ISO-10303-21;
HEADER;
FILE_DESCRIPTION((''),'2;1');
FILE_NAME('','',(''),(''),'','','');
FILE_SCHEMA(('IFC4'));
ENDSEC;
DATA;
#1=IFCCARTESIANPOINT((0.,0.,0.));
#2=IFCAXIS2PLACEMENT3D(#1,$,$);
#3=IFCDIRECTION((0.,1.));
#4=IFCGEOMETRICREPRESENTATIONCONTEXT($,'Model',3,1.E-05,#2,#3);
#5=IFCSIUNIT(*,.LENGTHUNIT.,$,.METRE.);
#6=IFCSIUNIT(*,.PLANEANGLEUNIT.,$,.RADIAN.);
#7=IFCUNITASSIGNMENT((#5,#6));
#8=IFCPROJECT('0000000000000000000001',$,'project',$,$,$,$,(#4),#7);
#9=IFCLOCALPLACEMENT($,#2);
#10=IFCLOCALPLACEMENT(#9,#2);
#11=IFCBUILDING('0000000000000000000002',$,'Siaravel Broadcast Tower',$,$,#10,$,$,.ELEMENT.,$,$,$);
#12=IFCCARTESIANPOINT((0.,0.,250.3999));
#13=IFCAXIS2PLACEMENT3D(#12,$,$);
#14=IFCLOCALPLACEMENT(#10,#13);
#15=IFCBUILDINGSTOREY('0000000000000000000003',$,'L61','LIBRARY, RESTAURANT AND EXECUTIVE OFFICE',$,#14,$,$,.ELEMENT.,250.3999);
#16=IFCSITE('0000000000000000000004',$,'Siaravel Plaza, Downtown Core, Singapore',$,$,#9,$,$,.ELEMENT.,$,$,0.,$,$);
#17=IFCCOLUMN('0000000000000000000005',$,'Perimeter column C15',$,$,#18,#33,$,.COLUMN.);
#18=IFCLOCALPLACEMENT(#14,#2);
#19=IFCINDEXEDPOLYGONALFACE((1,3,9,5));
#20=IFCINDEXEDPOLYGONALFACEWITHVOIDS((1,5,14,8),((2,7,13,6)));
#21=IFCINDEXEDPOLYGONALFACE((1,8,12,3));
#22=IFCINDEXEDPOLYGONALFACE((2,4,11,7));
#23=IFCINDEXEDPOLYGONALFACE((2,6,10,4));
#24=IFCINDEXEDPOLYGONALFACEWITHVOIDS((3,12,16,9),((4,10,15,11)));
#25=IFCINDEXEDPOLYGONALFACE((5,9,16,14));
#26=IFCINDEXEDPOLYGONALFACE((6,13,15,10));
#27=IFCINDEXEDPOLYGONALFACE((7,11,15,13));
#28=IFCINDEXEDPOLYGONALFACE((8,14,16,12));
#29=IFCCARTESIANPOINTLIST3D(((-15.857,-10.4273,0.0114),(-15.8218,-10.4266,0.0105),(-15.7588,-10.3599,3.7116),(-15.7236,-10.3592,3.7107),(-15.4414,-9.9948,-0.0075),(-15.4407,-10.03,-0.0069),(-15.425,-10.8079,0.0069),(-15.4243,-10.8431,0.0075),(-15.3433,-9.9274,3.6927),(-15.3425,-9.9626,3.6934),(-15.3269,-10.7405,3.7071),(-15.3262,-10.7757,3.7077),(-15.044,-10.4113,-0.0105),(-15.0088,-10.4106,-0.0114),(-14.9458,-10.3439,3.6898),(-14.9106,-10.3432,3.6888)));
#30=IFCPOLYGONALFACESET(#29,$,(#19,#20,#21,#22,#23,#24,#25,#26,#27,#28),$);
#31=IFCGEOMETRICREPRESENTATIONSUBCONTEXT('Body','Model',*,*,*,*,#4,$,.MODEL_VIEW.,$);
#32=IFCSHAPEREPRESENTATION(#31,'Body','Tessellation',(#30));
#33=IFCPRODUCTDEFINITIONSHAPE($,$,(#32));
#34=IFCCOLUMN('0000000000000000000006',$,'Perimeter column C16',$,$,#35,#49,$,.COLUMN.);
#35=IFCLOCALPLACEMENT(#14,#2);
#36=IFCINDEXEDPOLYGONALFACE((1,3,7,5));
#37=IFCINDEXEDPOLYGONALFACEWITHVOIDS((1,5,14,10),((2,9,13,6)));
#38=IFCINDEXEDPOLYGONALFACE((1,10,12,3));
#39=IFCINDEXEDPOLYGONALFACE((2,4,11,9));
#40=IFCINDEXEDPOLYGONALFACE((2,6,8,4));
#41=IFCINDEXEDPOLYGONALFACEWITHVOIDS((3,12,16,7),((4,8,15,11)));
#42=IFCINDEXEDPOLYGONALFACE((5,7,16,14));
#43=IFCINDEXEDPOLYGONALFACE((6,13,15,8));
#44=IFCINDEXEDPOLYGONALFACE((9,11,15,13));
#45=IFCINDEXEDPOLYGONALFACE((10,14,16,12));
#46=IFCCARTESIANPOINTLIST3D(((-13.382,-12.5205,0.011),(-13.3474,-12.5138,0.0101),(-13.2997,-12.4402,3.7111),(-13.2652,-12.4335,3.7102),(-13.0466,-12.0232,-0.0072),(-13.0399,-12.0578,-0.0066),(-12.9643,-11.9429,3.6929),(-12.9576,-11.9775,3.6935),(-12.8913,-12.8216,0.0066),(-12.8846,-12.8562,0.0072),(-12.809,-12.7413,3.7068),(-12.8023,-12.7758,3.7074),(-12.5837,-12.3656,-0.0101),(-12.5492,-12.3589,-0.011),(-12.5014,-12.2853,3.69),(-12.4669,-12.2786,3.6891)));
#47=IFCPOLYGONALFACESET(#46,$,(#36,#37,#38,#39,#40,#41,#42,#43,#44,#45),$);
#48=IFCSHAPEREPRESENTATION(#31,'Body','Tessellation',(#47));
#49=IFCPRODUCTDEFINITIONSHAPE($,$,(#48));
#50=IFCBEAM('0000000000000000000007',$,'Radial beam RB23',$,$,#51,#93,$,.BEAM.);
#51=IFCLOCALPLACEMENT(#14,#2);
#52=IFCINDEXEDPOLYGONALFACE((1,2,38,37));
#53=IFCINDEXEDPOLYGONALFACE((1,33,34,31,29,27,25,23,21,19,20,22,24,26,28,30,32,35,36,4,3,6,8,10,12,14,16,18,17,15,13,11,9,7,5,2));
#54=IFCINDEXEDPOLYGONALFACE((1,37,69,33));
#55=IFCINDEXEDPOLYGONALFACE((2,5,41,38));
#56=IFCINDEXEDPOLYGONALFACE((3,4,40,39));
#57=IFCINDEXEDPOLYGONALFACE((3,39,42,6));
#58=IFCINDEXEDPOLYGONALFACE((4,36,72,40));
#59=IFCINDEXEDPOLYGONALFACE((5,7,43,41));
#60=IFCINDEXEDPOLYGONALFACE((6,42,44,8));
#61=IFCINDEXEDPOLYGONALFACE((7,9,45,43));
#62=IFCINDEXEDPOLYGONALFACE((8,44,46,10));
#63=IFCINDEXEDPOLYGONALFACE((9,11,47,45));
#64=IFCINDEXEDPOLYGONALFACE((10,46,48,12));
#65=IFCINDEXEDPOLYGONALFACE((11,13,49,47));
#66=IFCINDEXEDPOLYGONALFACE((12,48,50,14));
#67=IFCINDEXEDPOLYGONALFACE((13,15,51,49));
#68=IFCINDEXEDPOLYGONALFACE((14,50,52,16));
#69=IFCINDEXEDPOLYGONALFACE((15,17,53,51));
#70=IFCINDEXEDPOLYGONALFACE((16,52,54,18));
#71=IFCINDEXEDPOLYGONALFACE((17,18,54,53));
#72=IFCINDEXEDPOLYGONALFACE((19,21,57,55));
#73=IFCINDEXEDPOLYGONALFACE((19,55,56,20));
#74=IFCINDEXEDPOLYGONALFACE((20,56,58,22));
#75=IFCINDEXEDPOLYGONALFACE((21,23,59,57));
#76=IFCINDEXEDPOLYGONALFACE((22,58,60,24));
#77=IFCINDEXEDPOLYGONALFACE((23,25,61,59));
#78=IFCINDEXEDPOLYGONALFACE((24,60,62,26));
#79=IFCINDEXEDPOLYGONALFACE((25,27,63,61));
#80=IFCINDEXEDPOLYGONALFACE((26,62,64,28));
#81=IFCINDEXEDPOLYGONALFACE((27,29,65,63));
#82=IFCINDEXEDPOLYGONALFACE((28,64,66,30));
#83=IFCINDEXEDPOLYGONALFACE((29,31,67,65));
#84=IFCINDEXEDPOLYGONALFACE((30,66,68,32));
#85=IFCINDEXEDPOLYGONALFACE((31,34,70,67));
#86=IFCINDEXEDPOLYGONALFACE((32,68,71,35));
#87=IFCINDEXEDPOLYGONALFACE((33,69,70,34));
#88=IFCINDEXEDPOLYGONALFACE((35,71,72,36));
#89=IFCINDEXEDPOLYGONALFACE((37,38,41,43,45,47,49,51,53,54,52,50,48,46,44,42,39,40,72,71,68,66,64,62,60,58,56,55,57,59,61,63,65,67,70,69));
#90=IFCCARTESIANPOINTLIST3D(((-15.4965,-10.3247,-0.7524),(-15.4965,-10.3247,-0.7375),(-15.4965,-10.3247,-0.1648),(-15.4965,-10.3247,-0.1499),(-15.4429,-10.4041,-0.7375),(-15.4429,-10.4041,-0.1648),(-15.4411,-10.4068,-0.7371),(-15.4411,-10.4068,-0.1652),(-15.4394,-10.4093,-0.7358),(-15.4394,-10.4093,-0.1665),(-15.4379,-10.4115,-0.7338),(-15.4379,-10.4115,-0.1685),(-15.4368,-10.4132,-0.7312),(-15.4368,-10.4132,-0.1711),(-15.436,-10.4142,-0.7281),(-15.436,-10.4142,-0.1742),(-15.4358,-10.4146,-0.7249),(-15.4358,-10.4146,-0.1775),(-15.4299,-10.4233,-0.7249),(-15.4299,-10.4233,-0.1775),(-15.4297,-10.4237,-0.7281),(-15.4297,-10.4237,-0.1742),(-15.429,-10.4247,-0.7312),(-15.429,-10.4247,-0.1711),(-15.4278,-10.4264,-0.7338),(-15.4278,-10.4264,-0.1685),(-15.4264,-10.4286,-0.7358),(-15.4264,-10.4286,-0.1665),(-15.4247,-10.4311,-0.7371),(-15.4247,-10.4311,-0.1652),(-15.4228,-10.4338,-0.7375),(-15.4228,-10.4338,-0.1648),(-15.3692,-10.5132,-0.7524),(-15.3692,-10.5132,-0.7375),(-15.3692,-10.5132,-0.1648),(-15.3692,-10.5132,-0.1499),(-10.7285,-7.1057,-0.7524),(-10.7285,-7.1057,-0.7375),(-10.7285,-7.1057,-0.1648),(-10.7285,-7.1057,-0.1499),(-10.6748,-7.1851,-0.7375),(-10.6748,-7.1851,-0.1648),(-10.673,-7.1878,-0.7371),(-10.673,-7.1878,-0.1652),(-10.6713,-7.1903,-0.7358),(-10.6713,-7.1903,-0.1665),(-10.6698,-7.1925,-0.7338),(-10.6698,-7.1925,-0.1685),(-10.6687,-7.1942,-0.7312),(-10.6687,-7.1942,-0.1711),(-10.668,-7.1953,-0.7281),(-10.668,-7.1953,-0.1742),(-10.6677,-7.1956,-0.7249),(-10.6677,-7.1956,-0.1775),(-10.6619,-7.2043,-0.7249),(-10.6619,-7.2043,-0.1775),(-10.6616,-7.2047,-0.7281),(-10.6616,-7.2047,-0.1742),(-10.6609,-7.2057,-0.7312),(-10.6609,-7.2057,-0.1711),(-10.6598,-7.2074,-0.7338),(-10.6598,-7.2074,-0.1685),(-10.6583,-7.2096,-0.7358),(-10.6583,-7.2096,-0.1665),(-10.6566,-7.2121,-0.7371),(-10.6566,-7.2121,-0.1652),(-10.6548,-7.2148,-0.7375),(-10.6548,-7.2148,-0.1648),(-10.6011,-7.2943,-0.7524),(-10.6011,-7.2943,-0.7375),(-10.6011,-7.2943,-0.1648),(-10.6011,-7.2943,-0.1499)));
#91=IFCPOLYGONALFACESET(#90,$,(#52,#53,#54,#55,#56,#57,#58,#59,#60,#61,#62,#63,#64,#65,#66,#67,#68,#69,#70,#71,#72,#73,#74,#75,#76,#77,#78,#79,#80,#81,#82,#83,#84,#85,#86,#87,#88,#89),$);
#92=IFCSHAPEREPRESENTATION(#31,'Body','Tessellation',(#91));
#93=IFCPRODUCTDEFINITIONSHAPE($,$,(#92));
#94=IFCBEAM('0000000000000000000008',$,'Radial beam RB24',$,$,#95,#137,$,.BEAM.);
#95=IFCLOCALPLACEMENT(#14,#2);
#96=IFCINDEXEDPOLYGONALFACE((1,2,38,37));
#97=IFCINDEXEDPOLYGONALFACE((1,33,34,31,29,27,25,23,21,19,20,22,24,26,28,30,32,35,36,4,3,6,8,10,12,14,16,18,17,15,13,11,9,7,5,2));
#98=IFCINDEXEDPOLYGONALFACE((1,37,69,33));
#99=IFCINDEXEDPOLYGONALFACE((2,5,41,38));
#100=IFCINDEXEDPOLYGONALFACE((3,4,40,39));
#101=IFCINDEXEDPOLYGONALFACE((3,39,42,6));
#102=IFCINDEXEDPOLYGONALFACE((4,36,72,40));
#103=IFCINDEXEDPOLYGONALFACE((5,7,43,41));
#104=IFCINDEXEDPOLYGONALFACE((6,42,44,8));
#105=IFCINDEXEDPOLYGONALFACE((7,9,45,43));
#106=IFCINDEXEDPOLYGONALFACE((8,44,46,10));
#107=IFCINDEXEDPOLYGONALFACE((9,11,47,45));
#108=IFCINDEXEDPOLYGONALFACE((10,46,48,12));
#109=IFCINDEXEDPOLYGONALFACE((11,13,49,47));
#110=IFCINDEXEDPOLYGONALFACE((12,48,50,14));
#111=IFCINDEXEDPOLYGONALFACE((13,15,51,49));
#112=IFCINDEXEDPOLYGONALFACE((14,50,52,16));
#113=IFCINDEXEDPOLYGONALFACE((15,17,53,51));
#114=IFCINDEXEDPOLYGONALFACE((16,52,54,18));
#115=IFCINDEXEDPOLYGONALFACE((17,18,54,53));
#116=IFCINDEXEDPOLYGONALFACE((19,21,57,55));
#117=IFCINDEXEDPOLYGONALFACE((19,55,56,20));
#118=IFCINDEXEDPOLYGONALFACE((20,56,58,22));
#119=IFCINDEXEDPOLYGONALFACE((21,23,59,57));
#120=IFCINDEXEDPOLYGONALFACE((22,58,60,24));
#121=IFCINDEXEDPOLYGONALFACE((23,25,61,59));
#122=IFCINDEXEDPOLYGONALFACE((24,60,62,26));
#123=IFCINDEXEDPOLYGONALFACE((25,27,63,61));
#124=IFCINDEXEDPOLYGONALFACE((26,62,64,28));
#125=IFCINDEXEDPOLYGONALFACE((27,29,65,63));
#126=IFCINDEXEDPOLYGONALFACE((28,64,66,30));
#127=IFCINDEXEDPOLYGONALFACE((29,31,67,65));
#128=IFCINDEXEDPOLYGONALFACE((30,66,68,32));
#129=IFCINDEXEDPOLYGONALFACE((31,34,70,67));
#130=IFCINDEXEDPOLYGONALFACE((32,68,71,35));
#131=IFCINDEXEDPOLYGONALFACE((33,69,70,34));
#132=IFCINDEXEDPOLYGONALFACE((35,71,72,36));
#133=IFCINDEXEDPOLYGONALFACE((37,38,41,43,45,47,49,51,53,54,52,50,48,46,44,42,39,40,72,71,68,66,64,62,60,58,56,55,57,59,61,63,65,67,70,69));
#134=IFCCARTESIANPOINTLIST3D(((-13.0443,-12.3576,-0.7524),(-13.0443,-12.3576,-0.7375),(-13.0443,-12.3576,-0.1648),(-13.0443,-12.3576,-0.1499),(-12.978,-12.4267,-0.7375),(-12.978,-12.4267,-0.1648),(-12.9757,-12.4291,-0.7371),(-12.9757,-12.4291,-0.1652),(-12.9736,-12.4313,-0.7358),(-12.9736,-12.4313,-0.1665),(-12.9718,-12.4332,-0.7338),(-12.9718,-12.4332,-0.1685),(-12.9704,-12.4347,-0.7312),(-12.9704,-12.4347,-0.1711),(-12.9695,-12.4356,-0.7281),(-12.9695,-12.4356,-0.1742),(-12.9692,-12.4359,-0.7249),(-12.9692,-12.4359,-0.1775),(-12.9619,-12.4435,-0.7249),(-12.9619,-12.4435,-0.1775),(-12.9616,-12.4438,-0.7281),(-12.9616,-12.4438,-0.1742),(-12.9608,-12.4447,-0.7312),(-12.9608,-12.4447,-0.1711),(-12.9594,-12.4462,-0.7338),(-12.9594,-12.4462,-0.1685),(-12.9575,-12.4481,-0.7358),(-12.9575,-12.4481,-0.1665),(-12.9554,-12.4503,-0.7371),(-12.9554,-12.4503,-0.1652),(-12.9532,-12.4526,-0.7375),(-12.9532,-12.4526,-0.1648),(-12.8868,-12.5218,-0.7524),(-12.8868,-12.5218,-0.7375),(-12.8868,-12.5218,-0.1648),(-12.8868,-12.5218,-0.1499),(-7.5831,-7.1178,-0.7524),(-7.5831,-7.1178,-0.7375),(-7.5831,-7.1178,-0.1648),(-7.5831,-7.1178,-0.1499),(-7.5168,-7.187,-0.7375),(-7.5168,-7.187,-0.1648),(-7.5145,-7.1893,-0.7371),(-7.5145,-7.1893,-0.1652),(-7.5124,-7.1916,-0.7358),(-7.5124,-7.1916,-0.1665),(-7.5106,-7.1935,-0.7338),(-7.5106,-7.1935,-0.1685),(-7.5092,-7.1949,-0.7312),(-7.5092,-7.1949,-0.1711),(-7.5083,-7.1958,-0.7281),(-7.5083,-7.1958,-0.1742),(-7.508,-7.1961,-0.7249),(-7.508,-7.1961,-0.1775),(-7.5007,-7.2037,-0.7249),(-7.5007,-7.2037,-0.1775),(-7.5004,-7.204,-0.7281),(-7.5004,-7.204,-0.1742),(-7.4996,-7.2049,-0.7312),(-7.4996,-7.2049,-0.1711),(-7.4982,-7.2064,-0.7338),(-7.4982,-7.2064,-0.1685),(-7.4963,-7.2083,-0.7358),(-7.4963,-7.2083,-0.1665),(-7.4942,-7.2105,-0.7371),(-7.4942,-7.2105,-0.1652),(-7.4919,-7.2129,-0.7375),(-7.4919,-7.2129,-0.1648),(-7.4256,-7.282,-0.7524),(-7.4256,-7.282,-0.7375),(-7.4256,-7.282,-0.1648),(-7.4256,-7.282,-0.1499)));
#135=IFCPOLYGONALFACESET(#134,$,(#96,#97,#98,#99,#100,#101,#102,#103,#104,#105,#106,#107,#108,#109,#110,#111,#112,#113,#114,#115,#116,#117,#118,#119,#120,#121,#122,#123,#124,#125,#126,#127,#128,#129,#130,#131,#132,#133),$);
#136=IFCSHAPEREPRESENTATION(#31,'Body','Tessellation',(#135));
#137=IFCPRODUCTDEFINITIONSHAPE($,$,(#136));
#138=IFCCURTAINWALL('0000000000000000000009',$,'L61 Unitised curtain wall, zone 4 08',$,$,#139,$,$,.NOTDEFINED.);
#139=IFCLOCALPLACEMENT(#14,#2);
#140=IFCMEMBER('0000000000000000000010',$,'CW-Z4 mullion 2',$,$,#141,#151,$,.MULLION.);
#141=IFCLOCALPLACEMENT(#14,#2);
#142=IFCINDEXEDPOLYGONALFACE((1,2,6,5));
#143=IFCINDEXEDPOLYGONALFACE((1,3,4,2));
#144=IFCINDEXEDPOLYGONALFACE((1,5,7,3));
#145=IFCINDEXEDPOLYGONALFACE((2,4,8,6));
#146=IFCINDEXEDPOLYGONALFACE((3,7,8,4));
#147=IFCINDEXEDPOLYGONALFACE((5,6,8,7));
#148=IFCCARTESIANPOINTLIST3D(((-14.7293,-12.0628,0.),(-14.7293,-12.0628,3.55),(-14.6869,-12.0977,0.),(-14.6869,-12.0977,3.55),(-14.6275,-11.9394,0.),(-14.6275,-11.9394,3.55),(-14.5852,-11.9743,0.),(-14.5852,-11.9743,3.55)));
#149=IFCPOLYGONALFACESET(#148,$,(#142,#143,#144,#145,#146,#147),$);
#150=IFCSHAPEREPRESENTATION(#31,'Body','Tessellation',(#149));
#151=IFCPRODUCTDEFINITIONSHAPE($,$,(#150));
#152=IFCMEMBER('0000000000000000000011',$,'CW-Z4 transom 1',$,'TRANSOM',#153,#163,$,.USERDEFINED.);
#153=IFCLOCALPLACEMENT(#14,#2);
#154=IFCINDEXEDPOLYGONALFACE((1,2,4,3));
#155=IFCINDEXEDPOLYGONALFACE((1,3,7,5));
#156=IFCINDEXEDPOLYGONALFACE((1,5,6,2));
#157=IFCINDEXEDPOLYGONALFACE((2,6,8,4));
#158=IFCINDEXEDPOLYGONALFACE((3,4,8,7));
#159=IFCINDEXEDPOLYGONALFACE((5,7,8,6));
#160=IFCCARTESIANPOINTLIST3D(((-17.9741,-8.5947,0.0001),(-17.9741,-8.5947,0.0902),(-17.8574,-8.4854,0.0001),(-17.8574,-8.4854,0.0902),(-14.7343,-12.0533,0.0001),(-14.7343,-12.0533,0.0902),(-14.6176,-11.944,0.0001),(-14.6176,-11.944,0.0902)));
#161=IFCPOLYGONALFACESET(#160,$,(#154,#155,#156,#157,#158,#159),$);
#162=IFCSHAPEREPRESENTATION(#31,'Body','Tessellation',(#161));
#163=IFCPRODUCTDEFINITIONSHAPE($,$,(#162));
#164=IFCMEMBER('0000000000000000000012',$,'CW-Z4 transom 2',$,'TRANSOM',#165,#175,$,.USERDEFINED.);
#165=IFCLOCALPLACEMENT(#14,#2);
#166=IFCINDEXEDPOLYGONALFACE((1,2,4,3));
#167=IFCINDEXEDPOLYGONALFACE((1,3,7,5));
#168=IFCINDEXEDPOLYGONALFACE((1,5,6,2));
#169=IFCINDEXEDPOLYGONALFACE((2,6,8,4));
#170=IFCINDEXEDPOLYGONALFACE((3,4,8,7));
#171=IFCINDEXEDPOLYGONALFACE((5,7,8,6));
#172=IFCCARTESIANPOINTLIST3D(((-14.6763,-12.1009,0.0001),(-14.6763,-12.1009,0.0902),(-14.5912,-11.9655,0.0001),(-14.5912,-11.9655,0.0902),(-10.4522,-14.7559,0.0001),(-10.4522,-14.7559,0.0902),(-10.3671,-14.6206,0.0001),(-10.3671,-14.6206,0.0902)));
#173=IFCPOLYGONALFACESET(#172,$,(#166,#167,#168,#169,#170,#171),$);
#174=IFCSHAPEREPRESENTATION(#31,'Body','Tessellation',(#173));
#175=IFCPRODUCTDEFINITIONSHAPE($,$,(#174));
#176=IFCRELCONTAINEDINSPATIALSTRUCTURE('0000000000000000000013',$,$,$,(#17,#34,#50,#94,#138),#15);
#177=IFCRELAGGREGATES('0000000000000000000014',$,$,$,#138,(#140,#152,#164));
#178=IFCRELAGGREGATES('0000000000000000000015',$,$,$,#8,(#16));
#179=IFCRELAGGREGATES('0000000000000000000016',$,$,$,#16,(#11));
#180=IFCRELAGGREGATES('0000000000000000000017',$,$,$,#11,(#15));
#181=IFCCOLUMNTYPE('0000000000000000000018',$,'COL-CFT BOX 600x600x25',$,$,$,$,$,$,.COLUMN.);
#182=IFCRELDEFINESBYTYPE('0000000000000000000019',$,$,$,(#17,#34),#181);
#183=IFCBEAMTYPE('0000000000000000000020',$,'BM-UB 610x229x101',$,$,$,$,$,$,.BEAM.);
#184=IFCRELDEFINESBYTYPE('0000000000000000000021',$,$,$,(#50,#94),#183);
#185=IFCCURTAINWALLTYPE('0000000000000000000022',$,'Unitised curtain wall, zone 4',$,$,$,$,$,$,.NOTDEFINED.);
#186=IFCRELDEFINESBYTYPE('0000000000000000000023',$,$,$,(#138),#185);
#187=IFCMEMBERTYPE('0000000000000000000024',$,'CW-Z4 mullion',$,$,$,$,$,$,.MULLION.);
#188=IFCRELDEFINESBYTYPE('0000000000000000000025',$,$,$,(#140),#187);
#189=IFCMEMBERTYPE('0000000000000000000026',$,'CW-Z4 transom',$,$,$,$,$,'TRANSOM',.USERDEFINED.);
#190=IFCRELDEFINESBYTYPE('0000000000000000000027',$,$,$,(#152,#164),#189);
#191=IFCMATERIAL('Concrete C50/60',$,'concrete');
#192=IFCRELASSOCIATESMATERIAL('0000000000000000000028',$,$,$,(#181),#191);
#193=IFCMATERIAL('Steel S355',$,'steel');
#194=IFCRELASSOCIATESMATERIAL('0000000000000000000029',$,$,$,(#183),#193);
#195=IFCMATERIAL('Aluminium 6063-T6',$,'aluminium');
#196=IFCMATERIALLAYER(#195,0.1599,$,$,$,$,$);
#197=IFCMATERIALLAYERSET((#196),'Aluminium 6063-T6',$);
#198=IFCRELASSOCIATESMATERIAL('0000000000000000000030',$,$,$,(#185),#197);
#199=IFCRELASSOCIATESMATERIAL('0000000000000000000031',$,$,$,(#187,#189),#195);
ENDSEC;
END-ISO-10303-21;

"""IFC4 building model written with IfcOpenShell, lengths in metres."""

from ifc_helpers import new_model, si_unit, direction, frame, origin, origin_2d, place, context, subcontext, project, spatial, rectangle, hollow_rectangle, i_section, extrude, material, layer, layer_set, material_profile, profile_set, type_object, element, aggregate, save


model = new_model("IFC4")

# Units and contexts
model_context = context("Model", 3, precision=1e-05, world=origin(), true_north=direction((0.0, 1.0)))
body_context = subcontext(model_context, "Body", "Model", "MODEL_VIEW")
ifc_project = project(units=[si_unit("LENGTHUNIT", "METRE"), si_unit("PLANEANGLEUNIT", "RADIAN")], contexts=[model_context])

# Site, building, storey
site_placement = place(None, origin())
site = spatial("IfcSite", under=ifc_project, at=site_placement, Name="Siaravel Plaza, Downtown Core, Singapore", CompositionType="ELEMENT", RefElevation=0.0)
building_placement = place(site_placement, origin())
building = spatial("IfcBuilding", under=site, at=building_placement, Name="Siaravel Broadcast Tower", CompositionType="ELEMENT")
storey_placement = place(building_placement, frame((0.0, 0.0, 250.3999)))
storey = spatial("IfcBuildingStorey", under=building, at=storey_placement, Name="L61", Description="LIBRARY, RESTAURANT AND EXECUTIVE OFFICE", CompositionType="ELEMENT", Elevation=250.3999)

# Columns
ifc_material_1 = material(Name="Concrete C50/60", Category="concrete")
ifc_material_profile_1 = material_profile(ifc_material_1, hollow_rectangle(XDim=0.6001, YDim=0.6001, WallThickness=0.0249, at=origin_2d()))
ifc_profile_set_1 = profile_set([ifc_material_profile_1], Name="Concrete C50/60")
column_type = type_object("IfcColumnType", Name="COL-CFT BOX 600x600x25", PredefinedType="COLUMN", material=ifc_profile_set_1)
column_1_placement = place(storey_placement, frame((-15.4329, -10.4189, 0.0), z_axis=(0.02651, 0.018201, 0.999483), x_axis=(-0.720939, 0.692968, 0.006503)))
element("IfcColumn", 1, at=column_1_placement, inside=storey, type_object=column_type, Name="Perimeter column C15", PredefinedType="COLUMN", context=body_context, shape_type="SweptSolid", body=[
    extrude(hollow_rectangle(XDim=0.6001, YDim=0.6001, WallThickness=0.0249, at=origin_2d()), origin(), (0.0, 0.0, 1.0), 3.7021),
])
column_2_placement = place(storey_placement, frame((-12.9656, -12.4397, 0.0), z_axis=(0.022225, 0.021697, 0.999518), x_axis=(-0.828927, 0.559322, 0.00629)))
element("IfcColumn", 2, at=column_2_placement, inside=storey, type_object=column_type, Name="Perimeter column C16", PredefinedType="COLUMN", context=body_context, shape_type="SweptSolid", body=[
    extrude(hollow_rectangle(XDim=0.6001, YDim=0.6001, WallThickness=0.0249, at=origin_2d()), origin(), (0.0, 0.0, 1.0), 3.7019),
])

# Beams
ifc_material_2 = material(Name="Steel S355", Category="steel")
ifc_material_profile_2 = material_profile(ifc_material_2, i_section(OverallWidth=0.2275, OverallDepth=0.6025, WebThickness=0.0105, FlangeThickness=0.0149, FilletRadius=0.0127, at=origin_2d()))
ifc_profile_set_2 = profile_set([ifc_material_profile_2], Name="Steel S355")
beam_type = type_object("IfcBeamType", Name="BM-UB 610x229x101", PredefinedType="BEAM", material=ifc_profile_set_2)
beam_1_placement = place(storey_placement, frame((-15.4329, -10.4189, -0.4512), z_axis=(0.828804, 0.559538, 0.0), x_axis=(-0.559538, 0.828804, 0.0)))
element("IfcBeam", 3, at=beam_1_placement, inside=storey, type_object=beam_type, Name="Radial beam RB23", PredefinedType="BEAM", context=body_context, shape_type="SweptSolid", body=[
    extrude(i_section(OverallWidth=0.2275, OverallDepth=0.6025, WebThickness=0.0105, FlangeThickness=0.0149, FilletRadius=0.0127, at=origin_2d()), origin(), (0.0, 0.0, 1.0), 5.7529),
])
beam_2_placement = place(storey_placement, frame((-12.9656, -12.4397, -0.4512), z_axis=(0.721585, 0.692326, 0.0), x_axis=(-0.692326, 0.721585, 0.0)))
element("IfcBeam", 4, at=beam_2_placement, inside=storey, type_object=beam_type, Name="Radial beam RB24", PredefinedType="BEAM", context=body_context, shape_type="SweptSolid", body=[
    extrude(i_section(OverallWidth=0.2275, OverallDepth=0.6025, WebThickness=0.0105, FlangeThickness=0.0149, FilletRadius=0.0127, at=origin_2d()), origin(), (0.0, 0.0, 1.0), 7.5684),
])

# Curtain wall, members
ifc_material_3 = material(Name="Aluminium 6063-T6", Category="aluminium")
ifc_layer_1 = layer(ifc_material_3, 0.1599)
ifc_layer_set_1 = layer_set([ifc_layer_1], Name="Aluminium 6063-T6")
curtain_wall_type = type_object("IfcCurtainWallType", Name="Unitised curtain wall, zone 4", PredefinedType="NOTDEFINED", material=ifc_layer_set_1)
curtain_wall_placement = place(storey_placement, origin())
curtain_wall = element("IfcCurtainWall", 5, at=curtain_wall_placement, inside=storey, type_object=curtain_wall_type, Name="L61 Unitised curtain wall, zone 4 08", PredefinedType="NOTDEFINED")
ifc_material_profile_3 = material_profile(ifc_material_3, rectangle(XDim=0.1599, YDim=0.0549, at=origin_2d()))
ifc_profile_set_3 = profile_set([ifc_material_profile_3], Name="Aluminium 6063-T6")
member_type_1 = type_object("IfcMemberType", Name="CW-Z4 mullion", PredefinedType="MULLION", material=ifc_profile_set_3)
member_1_placement = place(storey_placement, frame((-14.6572, -12.0186, 0.0), z_axis=(0.0, 0.0, 1.0), x_axis=(0.63622, 0.771508, 0.0)))
member_1 = element("IfcMember", 6, at=member_1_placement, type_object=member_type_1, Name="CW-Z4 mullion 2", PredefinedType="MULLION", context=body_context, shape_type="SweptSolid", body=[
    extrude(rectangle(XDim=0.1599, YDim=0.0549, at=origin_2d()), origin(), (0.0, 0.0, 1.0), 3.55),
])
ifc_material_profile_4 = material_profile(ifc_material_3, rectangle(XDim=0.1599, YDim=0.0901, at=origin_2d()))
ifc_profile_set_4 = profile_set([ifc_material_profile_4], Name="Aluminium 6063-T6")
member_type_2 = type_object("IfcMemberType", Name="CW-Z4 transom", ElementType="TRANSOM", PredefinedType="USERDEFINED", material=ifc_profile_set_4)
member_2_placement = place(storey_placement, frame((-17.9158, -8.54, 0.0452), z_axis=(0.68365, -0.72981, 0.0), x_axis=(0.72981, 0.68365, 0.0)))
member_2 = element("IfcMember", 7, at=member_2_placement, type_object=member_type_2, Name="CW-Z4 transom 1", ObjectType="TRANSOM", PredefinedType="USERDEFINED", context=body_context, shape_type="SweptSolid", body=[
    extrude(rectangle(XDim=0.1599, YDim=0.0901, at=origin_2d()), origin(), (0.0, 0.0, 1.0), 4.739),
])
member_3_placement = place(storey_placement, frame((-14.6338, -12.0332, 0.0452), z_axis=(0.846649, -0.532153, 0.0), x_axis=(0.532153, 0.846649, 0.0)))
member_3 = element("IfcMember", 8, at=member_3_placement, type_object=member_type_2, Name="CW-Z4 transom 2", ObjectType="TRANSOM", PredefinedType="USERDEFINED", context=body_context, shape_type="SweptSolid", body=[
    extrude(rectangle(XDim=0.1599, YDim=0.0901, at=origin_2d()), origin(), (0.0, 0.0, 1.0), 4.9893),
])

aggregate(curtain_wall, [member_1, member_2, member_3])

save(model, "model.ifc")
